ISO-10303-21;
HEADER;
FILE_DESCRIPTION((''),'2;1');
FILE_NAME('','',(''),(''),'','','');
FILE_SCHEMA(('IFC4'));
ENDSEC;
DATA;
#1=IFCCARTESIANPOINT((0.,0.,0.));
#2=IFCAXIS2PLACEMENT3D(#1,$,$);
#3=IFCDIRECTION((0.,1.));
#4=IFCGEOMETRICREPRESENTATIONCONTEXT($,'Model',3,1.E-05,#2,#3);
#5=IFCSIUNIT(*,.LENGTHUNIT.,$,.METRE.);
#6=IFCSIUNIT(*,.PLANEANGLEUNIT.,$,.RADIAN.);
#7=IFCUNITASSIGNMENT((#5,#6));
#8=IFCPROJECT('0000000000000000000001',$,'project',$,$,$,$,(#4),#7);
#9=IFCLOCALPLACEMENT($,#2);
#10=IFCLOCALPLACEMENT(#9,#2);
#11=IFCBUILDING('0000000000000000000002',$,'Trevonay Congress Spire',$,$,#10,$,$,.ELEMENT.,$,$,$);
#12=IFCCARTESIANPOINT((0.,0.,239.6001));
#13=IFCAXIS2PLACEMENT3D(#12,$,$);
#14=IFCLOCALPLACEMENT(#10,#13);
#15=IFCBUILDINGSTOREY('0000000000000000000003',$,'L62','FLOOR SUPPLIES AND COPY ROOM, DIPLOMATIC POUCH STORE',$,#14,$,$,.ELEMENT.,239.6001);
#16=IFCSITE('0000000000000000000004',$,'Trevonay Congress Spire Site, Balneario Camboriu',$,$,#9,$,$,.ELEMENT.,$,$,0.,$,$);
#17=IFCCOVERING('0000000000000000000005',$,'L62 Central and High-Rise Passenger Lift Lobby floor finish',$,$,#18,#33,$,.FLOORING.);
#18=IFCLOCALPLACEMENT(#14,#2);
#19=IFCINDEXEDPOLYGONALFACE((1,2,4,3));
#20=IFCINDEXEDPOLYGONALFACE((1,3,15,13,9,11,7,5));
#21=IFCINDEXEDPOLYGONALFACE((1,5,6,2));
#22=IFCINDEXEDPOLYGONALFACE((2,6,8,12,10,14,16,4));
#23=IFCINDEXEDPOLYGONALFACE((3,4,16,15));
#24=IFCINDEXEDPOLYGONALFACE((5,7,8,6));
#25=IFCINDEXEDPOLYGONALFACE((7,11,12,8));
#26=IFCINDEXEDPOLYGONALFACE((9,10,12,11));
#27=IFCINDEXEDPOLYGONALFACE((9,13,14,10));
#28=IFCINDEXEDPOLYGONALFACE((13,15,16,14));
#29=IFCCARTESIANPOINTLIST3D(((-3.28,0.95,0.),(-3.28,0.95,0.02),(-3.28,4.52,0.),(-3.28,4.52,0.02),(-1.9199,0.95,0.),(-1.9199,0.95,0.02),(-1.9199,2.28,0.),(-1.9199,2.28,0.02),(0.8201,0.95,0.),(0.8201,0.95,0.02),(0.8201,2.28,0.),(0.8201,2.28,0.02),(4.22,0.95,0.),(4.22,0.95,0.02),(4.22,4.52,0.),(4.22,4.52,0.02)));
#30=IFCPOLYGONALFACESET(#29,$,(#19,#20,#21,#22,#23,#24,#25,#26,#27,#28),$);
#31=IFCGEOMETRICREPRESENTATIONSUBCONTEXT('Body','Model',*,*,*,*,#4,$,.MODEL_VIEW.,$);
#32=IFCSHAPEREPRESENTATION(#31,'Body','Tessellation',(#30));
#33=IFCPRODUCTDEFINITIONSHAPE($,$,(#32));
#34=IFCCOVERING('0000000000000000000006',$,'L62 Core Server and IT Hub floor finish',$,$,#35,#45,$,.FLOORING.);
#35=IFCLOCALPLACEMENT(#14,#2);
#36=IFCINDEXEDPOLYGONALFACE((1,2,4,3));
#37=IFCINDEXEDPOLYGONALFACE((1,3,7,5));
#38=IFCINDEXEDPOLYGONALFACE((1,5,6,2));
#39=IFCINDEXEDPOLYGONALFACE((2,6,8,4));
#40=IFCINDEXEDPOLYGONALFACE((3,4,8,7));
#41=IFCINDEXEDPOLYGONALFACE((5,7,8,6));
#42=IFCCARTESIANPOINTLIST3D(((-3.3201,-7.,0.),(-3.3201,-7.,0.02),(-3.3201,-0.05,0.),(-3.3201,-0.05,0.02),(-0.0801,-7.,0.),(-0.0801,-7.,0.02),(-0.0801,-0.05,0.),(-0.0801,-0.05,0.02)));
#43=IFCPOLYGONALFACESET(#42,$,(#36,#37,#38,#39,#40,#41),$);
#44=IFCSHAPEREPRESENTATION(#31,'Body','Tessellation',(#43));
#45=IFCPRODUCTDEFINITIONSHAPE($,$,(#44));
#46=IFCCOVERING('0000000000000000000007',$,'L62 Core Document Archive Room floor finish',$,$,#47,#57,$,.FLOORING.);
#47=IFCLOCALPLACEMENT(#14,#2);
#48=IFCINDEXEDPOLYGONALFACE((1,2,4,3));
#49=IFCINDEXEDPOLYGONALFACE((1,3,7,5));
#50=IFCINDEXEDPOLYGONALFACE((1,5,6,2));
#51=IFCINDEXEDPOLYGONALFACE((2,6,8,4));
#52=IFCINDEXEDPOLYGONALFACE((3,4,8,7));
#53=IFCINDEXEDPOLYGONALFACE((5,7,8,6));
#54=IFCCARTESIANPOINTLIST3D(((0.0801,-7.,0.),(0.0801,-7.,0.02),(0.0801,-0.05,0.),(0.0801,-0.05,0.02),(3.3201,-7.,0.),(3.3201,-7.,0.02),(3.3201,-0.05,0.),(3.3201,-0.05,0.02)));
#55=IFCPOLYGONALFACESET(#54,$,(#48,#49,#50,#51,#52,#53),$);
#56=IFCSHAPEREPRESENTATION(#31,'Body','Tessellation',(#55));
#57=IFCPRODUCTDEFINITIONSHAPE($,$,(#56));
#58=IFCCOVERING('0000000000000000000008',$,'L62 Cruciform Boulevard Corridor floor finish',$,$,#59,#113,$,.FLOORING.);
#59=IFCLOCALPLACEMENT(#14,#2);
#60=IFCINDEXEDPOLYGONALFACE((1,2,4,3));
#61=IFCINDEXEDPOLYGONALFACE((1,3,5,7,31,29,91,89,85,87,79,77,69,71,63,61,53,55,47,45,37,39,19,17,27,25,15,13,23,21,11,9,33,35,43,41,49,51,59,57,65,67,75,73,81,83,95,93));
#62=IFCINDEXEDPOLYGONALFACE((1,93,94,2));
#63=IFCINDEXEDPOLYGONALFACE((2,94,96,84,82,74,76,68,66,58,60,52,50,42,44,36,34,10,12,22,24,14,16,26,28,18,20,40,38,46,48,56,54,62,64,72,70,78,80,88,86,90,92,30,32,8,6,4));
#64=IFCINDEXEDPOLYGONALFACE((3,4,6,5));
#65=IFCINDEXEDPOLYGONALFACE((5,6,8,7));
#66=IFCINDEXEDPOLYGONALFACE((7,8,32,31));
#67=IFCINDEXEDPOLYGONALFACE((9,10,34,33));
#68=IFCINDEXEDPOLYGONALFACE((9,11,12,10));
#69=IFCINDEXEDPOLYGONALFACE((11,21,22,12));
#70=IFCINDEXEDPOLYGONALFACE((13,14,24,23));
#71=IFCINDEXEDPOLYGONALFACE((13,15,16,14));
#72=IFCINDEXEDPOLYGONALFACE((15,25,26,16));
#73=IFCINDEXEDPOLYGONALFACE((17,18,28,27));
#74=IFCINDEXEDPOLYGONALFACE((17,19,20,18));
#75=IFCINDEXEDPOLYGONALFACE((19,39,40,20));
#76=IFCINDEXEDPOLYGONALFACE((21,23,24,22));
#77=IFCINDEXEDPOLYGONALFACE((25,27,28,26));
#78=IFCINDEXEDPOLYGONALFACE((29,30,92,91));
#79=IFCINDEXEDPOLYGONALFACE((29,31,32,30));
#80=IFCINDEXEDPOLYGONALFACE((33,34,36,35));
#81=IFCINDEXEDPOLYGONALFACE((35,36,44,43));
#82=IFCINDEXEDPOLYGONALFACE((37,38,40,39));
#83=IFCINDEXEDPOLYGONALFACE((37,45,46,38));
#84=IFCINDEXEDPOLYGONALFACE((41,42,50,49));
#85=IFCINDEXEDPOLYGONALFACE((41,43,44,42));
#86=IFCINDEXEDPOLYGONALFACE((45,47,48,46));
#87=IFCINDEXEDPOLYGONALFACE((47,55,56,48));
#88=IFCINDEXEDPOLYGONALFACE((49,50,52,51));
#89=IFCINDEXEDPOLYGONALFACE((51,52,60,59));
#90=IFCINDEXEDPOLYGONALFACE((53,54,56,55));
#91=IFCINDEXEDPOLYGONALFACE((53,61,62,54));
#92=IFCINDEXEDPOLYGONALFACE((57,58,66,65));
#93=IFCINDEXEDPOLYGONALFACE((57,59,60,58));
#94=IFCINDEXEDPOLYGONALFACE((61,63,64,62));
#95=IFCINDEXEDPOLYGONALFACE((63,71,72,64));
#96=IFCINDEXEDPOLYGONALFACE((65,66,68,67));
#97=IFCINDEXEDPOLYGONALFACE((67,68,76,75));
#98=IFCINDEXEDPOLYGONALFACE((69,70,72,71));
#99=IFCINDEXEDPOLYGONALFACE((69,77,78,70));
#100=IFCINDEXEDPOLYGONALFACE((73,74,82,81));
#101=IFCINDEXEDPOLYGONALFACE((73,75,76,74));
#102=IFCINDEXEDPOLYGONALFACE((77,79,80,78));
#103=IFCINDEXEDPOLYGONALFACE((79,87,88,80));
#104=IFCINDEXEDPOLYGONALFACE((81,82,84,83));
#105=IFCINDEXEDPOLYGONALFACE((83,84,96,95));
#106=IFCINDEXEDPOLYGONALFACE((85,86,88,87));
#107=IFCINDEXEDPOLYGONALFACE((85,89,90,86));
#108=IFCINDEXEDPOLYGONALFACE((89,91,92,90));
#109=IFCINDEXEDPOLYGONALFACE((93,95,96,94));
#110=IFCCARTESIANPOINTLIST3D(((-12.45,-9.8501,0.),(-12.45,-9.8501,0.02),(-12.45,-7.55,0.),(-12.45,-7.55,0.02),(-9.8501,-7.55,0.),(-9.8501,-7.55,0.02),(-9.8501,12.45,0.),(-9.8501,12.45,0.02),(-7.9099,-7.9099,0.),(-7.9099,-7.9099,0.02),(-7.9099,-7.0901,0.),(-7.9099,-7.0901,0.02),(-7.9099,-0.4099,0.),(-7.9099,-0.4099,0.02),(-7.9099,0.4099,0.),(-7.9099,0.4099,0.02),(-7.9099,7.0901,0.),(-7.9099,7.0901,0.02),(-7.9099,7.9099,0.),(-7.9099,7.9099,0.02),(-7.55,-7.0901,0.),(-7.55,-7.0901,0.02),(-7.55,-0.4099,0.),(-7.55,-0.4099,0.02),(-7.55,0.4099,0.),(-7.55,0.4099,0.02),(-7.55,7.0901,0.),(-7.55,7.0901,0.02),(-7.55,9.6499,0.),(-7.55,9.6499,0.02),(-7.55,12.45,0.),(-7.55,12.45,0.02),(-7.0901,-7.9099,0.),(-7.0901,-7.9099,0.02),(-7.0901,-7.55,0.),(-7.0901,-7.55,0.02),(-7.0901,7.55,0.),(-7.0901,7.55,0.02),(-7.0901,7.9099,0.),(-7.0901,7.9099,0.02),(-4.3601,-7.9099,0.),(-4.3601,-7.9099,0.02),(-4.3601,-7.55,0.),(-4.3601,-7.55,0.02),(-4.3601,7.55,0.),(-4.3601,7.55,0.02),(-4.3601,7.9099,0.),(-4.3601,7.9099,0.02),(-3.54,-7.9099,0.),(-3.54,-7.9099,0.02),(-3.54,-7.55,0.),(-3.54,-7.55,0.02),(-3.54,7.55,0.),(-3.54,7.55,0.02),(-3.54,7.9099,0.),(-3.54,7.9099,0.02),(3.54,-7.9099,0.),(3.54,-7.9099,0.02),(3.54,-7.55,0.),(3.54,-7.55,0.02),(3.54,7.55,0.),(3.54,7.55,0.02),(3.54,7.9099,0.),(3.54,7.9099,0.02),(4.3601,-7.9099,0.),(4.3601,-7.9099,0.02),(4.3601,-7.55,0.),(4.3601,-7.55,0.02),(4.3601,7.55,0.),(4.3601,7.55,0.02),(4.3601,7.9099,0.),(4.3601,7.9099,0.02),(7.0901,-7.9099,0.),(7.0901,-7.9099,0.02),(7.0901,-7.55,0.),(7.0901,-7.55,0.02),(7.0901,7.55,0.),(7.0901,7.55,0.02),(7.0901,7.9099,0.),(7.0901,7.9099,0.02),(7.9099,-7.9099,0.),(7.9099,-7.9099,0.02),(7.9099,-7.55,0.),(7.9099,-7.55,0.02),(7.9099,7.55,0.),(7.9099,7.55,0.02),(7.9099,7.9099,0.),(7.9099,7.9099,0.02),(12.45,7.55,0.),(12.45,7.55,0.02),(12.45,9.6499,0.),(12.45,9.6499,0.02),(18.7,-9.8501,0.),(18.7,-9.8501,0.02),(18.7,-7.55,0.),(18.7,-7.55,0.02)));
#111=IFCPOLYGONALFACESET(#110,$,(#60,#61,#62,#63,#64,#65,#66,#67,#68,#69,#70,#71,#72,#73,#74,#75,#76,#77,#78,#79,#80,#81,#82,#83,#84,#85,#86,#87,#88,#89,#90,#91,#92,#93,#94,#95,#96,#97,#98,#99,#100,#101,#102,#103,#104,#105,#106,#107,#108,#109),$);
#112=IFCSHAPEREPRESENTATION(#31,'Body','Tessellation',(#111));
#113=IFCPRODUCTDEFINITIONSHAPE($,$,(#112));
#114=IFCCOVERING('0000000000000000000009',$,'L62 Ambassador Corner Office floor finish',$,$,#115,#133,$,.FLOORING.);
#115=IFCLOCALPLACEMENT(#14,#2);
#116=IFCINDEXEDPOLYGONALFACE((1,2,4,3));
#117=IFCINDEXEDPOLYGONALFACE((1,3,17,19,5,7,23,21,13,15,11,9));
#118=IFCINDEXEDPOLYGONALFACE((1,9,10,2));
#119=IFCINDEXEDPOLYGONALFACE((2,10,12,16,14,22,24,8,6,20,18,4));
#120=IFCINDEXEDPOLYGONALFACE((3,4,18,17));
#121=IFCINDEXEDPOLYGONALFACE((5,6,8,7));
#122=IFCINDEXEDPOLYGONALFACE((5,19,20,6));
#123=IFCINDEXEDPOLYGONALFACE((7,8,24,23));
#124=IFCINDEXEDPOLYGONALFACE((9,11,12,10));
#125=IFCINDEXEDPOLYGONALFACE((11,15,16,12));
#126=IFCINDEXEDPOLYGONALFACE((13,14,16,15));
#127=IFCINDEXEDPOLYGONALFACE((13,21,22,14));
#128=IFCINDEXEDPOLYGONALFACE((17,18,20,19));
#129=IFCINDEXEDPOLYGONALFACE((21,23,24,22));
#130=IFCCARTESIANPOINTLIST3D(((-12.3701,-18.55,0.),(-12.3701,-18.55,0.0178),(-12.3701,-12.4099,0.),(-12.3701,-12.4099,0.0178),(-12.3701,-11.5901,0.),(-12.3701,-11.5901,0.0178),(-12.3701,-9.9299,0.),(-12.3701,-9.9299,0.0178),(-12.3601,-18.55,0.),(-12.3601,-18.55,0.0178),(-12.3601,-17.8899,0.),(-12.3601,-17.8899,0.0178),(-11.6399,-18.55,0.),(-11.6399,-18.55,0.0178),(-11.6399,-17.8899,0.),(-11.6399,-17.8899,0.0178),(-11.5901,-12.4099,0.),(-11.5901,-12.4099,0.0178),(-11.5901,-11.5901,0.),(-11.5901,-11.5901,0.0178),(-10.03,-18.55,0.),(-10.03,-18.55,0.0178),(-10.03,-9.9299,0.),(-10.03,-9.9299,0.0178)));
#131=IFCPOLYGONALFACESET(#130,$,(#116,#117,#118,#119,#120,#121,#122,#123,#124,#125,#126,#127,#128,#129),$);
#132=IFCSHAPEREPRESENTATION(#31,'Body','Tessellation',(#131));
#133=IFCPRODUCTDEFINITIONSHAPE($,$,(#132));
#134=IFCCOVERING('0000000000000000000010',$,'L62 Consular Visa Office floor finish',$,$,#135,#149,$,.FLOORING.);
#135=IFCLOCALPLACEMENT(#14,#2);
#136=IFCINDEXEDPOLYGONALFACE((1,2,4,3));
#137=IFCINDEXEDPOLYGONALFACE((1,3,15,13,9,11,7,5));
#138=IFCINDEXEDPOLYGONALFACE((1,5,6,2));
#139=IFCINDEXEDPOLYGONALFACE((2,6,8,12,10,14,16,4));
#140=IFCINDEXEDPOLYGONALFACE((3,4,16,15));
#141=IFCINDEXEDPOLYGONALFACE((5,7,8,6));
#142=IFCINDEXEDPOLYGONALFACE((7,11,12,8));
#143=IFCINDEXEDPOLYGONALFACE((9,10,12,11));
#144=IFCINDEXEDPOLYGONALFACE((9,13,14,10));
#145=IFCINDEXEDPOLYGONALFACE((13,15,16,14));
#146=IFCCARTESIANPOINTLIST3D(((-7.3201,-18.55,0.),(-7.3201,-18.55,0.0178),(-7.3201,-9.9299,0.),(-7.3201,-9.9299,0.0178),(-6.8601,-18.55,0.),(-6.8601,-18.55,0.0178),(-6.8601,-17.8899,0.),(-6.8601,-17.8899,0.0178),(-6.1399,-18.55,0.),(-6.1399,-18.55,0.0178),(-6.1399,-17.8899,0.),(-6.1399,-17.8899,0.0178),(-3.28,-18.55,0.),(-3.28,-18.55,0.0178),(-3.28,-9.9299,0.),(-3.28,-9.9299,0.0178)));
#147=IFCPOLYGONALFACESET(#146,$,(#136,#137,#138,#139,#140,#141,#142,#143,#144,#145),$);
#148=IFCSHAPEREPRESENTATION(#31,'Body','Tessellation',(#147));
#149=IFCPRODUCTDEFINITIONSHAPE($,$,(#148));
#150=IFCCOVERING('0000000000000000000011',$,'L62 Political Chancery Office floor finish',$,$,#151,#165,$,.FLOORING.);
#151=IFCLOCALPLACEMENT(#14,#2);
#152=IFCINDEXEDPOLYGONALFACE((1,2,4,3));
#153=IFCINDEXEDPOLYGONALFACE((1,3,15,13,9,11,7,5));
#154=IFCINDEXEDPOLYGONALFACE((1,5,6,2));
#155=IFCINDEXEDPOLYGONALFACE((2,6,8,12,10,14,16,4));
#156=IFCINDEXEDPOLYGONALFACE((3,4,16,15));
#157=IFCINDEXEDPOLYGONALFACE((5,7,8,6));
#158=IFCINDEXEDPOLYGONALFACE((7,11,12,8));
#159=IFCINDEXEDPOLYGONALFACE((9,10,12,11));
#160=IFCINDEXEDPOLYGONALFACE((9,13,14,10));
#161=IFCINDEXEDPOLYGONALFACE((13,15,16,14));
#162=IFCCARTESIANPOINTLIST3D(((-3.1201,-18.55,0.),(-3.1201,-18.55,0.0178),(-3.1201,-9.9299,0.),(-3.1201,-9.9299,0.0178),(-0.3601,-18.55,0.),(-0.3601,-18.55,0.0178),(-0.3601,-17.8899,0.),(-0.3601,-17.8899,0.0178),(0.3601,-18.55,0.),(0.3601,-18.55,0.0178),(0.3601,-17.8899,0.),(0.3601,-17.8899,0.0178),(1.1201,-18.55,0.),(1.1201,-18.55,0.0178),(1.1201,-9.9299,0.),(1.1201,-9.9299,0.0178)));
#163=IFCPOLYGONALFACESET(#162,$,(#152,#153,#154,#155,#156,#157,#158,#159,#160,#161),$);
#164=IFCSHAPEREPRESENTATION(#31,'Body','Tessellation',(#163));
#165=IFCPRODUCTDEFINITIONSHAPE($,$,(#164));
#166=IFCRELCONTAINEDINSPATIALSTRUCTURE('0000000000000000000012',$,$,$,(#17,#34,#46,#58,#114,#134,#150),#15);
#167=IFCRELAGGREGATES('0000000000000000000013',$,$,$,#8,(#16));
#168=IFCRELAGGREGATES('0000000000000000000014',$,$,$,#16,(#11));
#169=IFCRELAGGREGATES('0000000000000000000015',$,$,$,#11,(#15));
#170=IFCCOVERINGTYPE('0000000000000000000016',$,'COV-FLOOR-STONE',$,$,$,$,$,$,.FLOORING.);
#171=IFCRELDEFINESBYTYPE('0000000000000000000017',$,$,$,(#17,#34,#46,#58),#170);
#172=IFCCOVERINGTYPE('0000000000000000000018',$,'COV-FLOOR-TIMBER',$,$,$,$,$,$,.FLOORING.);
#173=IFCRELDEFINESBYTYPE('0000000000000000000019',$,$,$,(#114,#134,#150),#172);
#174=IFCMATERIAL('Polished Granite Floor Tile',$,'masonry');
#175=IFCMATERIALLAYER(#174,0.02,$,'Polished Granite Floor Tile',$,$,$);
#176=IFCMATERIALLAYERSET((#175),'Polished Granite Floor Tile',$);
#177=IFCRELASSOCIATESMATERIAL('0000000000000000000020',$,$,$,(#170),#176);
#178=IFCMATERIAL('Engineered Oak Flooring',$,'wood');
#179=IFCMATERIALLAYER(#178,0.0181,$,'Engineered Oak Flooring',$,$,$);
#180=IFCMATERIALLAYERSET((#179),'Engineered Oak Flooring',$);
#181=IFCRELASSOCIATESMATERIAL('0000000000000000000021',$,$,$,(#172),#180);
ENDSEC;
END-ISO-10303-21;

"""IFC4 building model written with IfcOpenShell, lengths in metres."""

from ifc_helpers import new_model, si_unit, direction, frame, origin, place, context, subcontext, project, spatial, polyline, outline, extrude, material, layer, layer_set, type_object, element, save


model = new_model("IFC4")

# Units and contexts
model_context = context("Model", 3, precision=1e-05, world=origin(), true_north=direction((0.0, 1.0)))
body_context = subcontext(model_context, "Body", "Model", "MODEL_VIEW")
ifc_project = project(units=[si_unit("LENGTHUNIT", "METRE"), si_unit("PLANEANGLEUNIT", "RADIAN")], contexts=[model_context])

# Site, building, storey
site_placement = place(None, origin())
site = spatial("IfcSite", under=ifc_project, at=site_placement, Name="Trevonay Congress Spire Site, Balneario Camboriu", CompositionType="ELEMENT", RefElevation=0.0)
building_placement = place(site_placement, origin())
building = spatial("IfcBuilding", under=site, at=building_placement, Name="Trevonay Congress Spire", CompositionType="ELEMENT")
storey_placement = place(building_placement, frame((0.0, 0.0, 239.6001)))
storey = spatial("IfcBuildingStorey", under=building, at=storey_placement, Name="L62", Description="FLOOR SUPPLIES AND COPY ROOM, DIPLOMATIC POUCH STORE", CompositionType="ELEMENT", Elevation=239.6001)

# Coverings
ifc_material_1 = material(Name="Polished Granite Floor Tile", Category="masonry")
ifc_layer_1 = layer(ifc_material_1, 0.02, Name="Polished Granite Floor Tile")
ifc_layer_set_1 = layer_set([ifc_layer_1], Name="Polished Granite Floor Tile")
covering_type_1 = type_object("IfcCoveringType", Name="COV-FLOOR-STONE", PredefinedType="FLOORING", material=ifc_layer_set_1)
covering_1_placement = place(storey_placement, origin())
element("IfcCovering", 1, at=covering_1_placement, inside=storey, type_object=covering_type_1, Name="L62 Central and High-Rise Passenger Lift Lobby floor finish", PredefinedType="FLOORING", context=body_context, shape_type="SweptSolid", body=[
    extrude(outline(polyline([(-3.28, 0.95), (-1.9199, 0.95), (-1.9199, 2.28), (0.8201, 2.28), (0.8201, 0.95), (4.22, 0.95), (4.22, 4.52), (-3.28, 4.52), (-3.28, 0.95)])), origin(), (0.0, 0.0, 1.0), 0.02),
])
covering_2_placement = place(storey_placement, origin())
element("IfcCovering", 2, at=covering_2_placement, inside=storey, type_object=covering_type_1, Name="L62 Core Server and IT Hub floor finish", PredefinedType="FLOORING", context=body_context, shape_type="SweptSolid", body=[
    extrude(outline(polyline([(-3.3201, -7.0), (-0.0801, -7.0), (-0.0801, -0.05), (-3.3201, -0.05), (-3.3201, -7.0)])), origin(), (0.0, 0.0, 1.0), 0.02),
])
covering_3_placement = place(storey_placement, origin())
element("IfcCovering", 3, at=covering_3_placement, inside=storey, type_object=covering_type_1, Name="L62 Core Document Archive Room floor finish", PredefinedType="FLOORING", context=body_context, shape_type="SweptSolid", body=[
    extrude(outline(polyline([(0.0801, -7.0), (3.3201, -7.0), (3.3201, -0.05), (0.0801, -0.05), (0.0801, -7.0)])), origin(), (0.0, 0.0, 1.0), 0.02),
])
covering_4_placement = place(storey_placement, origin())
element("IfcCovering", 4, at=covering_4_placement, inside=storey, type_object=covering_type_1, Name="L62 Cruciform Boulevard Corridor floor finish", PredefinedType="FLOORING", context=body_context, shape_type="SweptSolid", body=[
    extrude(outline(polyline([(18.7, -7.55), (18.7, -9.8501), (-12.45, -9.8501), (-12.45, -7.55), (-9.8501, -7.55), (-9.8501, 12.45), (-7.55, 12.45), (-7.55, 9.6499), (12.45, 9.6499), (12.45, 7.55), (7.9099, 7.55), (7.9099, 7.9099), (7.0901, 7.9099), (7.0901, 7.55), (4.3601, 7.55), (4.3601, 7.9099), (3.54, 7.9099), (3.54, 7.55), (-3.54, 7.55), (-3.54, 7.9099), (-4.3601, 7.9099), (-4.3601, 7.55), (-7.0901, 7.55), (-7.0901, 7.9099), (-7.9099, 7.9099), (-7.9099, 7.0901), (-7.55, 7.0901), (-7.55, 0.4099), (-7.9099, 0.4099), (-7.9099, -0.4099), (-7.55, -0.4099), (-7.55, -7.0901), (-7.9099, -7.0901), (-7.9099, -7.9099), (-7.0901, -7.9099), (-7.0901, -7.55), (-4.3601, -7.55), (-4.3601, -7.9099), (-3.54, -7.9099), (-3.54, -7.55), (3.54, -7.55), (3.54, -7.9099), (4.3601, -7.9099), (4.3601, -7.55), (7.0901, -7.55), (7.0901, -7.9099), (7.9099, -7.9099), (7.9099, -7.55), (18.7, -7.55)])), origin(), (0.0, 0.0, 1.0), 0.02),
])
ifc_material_2 = material(Name="Engineered Oak Flooring", Category="wood")
ifc_layer_2 = layer(ifc_material_2, 0.0181, Name="Engineered Oak Flooring")
ifc_layer_set_2 = layer_set([ifc_layer_2], Name="Engineered Oak Flooring")
covering_type_2 = type_object("IfcCoveringType", Name="COV-FLOOR-TIMBER", PredefinedType="FLOORING", material=ifc_layer_set_2)
covering_5_placement = place(storey_placement, origin())
element("IfcCovering", 5, at=covering_5_placement, inside=storey, type_object=covering_type_2, Name="L62 Ambassador Corner Office floor finish", PredefinedType="FLOORING", context=body_context, shape_type="SweptSolid", body=[
    extrude(outline(polyline([(-12.3701, -18.55), (-12.3701, -12.4099), (-11.5901, -12.4099), (-11.5901, -11.5901), (-12.3701, -11.5901), (-12.3701, -9.9299), (-10.03, -9.9299), (-10.03, -18.55), (-11.6399, -18.55), (-11.6399, -17.8899), (-12.3601, -17.8899), (-12.3601, -18.55), (-12.3701, -18.55)])), origin(), (0.0, 0.0, 1.0), 0.0178),
])
covering_6_placement = place(storey_placement, origin())
element("IfcCovering", 6, at=covering_6_placement, inside=storey, type_object=covering_type_2, Name="L62 Consular Visa Office floor finish", PredefinedType="FLOORING", context=body_context, shape_type="SweptSolid", body=[
    extrude(outline(polyline([(-7.3201, -18.55), (-7.3201, -9.9299), (-3.28, -9.9299), (-3.28, -18.55), (-6.1399, -18.55), (-6.1399, -17.8899), (-6.8601, -17.8899), (-6.8601, -18.55), (-7.3201, -18.55)])), origin(), (0.0, 0.0, 1.0), 0.0178),
])
covering_7_placement = place(storey_placement, origin())
element("IfcCovering", 7, at=covering_7_placement, inside=storey, type_object=covering_type_2, Name="L62 Political Chancery Office floor finish", PredefinedType="FLOORING", context=body_context, shape_type="SweptSolid", body=[
    extrude(outline(polyline([(-3.1201, -18.55), (-3.1201, -9.9299), (1.1201, -9.9299), (1.1201, -18.55), (0.3601, -18.55), (0.3601, -17.8899), (-0.3601, -17.8899), (-0.3601, -18.55), (-3.1201, -18.55)])), origin(), (0.0, 0.0, 1.0), 0.0178),
])

save(model, "model.ifc")
